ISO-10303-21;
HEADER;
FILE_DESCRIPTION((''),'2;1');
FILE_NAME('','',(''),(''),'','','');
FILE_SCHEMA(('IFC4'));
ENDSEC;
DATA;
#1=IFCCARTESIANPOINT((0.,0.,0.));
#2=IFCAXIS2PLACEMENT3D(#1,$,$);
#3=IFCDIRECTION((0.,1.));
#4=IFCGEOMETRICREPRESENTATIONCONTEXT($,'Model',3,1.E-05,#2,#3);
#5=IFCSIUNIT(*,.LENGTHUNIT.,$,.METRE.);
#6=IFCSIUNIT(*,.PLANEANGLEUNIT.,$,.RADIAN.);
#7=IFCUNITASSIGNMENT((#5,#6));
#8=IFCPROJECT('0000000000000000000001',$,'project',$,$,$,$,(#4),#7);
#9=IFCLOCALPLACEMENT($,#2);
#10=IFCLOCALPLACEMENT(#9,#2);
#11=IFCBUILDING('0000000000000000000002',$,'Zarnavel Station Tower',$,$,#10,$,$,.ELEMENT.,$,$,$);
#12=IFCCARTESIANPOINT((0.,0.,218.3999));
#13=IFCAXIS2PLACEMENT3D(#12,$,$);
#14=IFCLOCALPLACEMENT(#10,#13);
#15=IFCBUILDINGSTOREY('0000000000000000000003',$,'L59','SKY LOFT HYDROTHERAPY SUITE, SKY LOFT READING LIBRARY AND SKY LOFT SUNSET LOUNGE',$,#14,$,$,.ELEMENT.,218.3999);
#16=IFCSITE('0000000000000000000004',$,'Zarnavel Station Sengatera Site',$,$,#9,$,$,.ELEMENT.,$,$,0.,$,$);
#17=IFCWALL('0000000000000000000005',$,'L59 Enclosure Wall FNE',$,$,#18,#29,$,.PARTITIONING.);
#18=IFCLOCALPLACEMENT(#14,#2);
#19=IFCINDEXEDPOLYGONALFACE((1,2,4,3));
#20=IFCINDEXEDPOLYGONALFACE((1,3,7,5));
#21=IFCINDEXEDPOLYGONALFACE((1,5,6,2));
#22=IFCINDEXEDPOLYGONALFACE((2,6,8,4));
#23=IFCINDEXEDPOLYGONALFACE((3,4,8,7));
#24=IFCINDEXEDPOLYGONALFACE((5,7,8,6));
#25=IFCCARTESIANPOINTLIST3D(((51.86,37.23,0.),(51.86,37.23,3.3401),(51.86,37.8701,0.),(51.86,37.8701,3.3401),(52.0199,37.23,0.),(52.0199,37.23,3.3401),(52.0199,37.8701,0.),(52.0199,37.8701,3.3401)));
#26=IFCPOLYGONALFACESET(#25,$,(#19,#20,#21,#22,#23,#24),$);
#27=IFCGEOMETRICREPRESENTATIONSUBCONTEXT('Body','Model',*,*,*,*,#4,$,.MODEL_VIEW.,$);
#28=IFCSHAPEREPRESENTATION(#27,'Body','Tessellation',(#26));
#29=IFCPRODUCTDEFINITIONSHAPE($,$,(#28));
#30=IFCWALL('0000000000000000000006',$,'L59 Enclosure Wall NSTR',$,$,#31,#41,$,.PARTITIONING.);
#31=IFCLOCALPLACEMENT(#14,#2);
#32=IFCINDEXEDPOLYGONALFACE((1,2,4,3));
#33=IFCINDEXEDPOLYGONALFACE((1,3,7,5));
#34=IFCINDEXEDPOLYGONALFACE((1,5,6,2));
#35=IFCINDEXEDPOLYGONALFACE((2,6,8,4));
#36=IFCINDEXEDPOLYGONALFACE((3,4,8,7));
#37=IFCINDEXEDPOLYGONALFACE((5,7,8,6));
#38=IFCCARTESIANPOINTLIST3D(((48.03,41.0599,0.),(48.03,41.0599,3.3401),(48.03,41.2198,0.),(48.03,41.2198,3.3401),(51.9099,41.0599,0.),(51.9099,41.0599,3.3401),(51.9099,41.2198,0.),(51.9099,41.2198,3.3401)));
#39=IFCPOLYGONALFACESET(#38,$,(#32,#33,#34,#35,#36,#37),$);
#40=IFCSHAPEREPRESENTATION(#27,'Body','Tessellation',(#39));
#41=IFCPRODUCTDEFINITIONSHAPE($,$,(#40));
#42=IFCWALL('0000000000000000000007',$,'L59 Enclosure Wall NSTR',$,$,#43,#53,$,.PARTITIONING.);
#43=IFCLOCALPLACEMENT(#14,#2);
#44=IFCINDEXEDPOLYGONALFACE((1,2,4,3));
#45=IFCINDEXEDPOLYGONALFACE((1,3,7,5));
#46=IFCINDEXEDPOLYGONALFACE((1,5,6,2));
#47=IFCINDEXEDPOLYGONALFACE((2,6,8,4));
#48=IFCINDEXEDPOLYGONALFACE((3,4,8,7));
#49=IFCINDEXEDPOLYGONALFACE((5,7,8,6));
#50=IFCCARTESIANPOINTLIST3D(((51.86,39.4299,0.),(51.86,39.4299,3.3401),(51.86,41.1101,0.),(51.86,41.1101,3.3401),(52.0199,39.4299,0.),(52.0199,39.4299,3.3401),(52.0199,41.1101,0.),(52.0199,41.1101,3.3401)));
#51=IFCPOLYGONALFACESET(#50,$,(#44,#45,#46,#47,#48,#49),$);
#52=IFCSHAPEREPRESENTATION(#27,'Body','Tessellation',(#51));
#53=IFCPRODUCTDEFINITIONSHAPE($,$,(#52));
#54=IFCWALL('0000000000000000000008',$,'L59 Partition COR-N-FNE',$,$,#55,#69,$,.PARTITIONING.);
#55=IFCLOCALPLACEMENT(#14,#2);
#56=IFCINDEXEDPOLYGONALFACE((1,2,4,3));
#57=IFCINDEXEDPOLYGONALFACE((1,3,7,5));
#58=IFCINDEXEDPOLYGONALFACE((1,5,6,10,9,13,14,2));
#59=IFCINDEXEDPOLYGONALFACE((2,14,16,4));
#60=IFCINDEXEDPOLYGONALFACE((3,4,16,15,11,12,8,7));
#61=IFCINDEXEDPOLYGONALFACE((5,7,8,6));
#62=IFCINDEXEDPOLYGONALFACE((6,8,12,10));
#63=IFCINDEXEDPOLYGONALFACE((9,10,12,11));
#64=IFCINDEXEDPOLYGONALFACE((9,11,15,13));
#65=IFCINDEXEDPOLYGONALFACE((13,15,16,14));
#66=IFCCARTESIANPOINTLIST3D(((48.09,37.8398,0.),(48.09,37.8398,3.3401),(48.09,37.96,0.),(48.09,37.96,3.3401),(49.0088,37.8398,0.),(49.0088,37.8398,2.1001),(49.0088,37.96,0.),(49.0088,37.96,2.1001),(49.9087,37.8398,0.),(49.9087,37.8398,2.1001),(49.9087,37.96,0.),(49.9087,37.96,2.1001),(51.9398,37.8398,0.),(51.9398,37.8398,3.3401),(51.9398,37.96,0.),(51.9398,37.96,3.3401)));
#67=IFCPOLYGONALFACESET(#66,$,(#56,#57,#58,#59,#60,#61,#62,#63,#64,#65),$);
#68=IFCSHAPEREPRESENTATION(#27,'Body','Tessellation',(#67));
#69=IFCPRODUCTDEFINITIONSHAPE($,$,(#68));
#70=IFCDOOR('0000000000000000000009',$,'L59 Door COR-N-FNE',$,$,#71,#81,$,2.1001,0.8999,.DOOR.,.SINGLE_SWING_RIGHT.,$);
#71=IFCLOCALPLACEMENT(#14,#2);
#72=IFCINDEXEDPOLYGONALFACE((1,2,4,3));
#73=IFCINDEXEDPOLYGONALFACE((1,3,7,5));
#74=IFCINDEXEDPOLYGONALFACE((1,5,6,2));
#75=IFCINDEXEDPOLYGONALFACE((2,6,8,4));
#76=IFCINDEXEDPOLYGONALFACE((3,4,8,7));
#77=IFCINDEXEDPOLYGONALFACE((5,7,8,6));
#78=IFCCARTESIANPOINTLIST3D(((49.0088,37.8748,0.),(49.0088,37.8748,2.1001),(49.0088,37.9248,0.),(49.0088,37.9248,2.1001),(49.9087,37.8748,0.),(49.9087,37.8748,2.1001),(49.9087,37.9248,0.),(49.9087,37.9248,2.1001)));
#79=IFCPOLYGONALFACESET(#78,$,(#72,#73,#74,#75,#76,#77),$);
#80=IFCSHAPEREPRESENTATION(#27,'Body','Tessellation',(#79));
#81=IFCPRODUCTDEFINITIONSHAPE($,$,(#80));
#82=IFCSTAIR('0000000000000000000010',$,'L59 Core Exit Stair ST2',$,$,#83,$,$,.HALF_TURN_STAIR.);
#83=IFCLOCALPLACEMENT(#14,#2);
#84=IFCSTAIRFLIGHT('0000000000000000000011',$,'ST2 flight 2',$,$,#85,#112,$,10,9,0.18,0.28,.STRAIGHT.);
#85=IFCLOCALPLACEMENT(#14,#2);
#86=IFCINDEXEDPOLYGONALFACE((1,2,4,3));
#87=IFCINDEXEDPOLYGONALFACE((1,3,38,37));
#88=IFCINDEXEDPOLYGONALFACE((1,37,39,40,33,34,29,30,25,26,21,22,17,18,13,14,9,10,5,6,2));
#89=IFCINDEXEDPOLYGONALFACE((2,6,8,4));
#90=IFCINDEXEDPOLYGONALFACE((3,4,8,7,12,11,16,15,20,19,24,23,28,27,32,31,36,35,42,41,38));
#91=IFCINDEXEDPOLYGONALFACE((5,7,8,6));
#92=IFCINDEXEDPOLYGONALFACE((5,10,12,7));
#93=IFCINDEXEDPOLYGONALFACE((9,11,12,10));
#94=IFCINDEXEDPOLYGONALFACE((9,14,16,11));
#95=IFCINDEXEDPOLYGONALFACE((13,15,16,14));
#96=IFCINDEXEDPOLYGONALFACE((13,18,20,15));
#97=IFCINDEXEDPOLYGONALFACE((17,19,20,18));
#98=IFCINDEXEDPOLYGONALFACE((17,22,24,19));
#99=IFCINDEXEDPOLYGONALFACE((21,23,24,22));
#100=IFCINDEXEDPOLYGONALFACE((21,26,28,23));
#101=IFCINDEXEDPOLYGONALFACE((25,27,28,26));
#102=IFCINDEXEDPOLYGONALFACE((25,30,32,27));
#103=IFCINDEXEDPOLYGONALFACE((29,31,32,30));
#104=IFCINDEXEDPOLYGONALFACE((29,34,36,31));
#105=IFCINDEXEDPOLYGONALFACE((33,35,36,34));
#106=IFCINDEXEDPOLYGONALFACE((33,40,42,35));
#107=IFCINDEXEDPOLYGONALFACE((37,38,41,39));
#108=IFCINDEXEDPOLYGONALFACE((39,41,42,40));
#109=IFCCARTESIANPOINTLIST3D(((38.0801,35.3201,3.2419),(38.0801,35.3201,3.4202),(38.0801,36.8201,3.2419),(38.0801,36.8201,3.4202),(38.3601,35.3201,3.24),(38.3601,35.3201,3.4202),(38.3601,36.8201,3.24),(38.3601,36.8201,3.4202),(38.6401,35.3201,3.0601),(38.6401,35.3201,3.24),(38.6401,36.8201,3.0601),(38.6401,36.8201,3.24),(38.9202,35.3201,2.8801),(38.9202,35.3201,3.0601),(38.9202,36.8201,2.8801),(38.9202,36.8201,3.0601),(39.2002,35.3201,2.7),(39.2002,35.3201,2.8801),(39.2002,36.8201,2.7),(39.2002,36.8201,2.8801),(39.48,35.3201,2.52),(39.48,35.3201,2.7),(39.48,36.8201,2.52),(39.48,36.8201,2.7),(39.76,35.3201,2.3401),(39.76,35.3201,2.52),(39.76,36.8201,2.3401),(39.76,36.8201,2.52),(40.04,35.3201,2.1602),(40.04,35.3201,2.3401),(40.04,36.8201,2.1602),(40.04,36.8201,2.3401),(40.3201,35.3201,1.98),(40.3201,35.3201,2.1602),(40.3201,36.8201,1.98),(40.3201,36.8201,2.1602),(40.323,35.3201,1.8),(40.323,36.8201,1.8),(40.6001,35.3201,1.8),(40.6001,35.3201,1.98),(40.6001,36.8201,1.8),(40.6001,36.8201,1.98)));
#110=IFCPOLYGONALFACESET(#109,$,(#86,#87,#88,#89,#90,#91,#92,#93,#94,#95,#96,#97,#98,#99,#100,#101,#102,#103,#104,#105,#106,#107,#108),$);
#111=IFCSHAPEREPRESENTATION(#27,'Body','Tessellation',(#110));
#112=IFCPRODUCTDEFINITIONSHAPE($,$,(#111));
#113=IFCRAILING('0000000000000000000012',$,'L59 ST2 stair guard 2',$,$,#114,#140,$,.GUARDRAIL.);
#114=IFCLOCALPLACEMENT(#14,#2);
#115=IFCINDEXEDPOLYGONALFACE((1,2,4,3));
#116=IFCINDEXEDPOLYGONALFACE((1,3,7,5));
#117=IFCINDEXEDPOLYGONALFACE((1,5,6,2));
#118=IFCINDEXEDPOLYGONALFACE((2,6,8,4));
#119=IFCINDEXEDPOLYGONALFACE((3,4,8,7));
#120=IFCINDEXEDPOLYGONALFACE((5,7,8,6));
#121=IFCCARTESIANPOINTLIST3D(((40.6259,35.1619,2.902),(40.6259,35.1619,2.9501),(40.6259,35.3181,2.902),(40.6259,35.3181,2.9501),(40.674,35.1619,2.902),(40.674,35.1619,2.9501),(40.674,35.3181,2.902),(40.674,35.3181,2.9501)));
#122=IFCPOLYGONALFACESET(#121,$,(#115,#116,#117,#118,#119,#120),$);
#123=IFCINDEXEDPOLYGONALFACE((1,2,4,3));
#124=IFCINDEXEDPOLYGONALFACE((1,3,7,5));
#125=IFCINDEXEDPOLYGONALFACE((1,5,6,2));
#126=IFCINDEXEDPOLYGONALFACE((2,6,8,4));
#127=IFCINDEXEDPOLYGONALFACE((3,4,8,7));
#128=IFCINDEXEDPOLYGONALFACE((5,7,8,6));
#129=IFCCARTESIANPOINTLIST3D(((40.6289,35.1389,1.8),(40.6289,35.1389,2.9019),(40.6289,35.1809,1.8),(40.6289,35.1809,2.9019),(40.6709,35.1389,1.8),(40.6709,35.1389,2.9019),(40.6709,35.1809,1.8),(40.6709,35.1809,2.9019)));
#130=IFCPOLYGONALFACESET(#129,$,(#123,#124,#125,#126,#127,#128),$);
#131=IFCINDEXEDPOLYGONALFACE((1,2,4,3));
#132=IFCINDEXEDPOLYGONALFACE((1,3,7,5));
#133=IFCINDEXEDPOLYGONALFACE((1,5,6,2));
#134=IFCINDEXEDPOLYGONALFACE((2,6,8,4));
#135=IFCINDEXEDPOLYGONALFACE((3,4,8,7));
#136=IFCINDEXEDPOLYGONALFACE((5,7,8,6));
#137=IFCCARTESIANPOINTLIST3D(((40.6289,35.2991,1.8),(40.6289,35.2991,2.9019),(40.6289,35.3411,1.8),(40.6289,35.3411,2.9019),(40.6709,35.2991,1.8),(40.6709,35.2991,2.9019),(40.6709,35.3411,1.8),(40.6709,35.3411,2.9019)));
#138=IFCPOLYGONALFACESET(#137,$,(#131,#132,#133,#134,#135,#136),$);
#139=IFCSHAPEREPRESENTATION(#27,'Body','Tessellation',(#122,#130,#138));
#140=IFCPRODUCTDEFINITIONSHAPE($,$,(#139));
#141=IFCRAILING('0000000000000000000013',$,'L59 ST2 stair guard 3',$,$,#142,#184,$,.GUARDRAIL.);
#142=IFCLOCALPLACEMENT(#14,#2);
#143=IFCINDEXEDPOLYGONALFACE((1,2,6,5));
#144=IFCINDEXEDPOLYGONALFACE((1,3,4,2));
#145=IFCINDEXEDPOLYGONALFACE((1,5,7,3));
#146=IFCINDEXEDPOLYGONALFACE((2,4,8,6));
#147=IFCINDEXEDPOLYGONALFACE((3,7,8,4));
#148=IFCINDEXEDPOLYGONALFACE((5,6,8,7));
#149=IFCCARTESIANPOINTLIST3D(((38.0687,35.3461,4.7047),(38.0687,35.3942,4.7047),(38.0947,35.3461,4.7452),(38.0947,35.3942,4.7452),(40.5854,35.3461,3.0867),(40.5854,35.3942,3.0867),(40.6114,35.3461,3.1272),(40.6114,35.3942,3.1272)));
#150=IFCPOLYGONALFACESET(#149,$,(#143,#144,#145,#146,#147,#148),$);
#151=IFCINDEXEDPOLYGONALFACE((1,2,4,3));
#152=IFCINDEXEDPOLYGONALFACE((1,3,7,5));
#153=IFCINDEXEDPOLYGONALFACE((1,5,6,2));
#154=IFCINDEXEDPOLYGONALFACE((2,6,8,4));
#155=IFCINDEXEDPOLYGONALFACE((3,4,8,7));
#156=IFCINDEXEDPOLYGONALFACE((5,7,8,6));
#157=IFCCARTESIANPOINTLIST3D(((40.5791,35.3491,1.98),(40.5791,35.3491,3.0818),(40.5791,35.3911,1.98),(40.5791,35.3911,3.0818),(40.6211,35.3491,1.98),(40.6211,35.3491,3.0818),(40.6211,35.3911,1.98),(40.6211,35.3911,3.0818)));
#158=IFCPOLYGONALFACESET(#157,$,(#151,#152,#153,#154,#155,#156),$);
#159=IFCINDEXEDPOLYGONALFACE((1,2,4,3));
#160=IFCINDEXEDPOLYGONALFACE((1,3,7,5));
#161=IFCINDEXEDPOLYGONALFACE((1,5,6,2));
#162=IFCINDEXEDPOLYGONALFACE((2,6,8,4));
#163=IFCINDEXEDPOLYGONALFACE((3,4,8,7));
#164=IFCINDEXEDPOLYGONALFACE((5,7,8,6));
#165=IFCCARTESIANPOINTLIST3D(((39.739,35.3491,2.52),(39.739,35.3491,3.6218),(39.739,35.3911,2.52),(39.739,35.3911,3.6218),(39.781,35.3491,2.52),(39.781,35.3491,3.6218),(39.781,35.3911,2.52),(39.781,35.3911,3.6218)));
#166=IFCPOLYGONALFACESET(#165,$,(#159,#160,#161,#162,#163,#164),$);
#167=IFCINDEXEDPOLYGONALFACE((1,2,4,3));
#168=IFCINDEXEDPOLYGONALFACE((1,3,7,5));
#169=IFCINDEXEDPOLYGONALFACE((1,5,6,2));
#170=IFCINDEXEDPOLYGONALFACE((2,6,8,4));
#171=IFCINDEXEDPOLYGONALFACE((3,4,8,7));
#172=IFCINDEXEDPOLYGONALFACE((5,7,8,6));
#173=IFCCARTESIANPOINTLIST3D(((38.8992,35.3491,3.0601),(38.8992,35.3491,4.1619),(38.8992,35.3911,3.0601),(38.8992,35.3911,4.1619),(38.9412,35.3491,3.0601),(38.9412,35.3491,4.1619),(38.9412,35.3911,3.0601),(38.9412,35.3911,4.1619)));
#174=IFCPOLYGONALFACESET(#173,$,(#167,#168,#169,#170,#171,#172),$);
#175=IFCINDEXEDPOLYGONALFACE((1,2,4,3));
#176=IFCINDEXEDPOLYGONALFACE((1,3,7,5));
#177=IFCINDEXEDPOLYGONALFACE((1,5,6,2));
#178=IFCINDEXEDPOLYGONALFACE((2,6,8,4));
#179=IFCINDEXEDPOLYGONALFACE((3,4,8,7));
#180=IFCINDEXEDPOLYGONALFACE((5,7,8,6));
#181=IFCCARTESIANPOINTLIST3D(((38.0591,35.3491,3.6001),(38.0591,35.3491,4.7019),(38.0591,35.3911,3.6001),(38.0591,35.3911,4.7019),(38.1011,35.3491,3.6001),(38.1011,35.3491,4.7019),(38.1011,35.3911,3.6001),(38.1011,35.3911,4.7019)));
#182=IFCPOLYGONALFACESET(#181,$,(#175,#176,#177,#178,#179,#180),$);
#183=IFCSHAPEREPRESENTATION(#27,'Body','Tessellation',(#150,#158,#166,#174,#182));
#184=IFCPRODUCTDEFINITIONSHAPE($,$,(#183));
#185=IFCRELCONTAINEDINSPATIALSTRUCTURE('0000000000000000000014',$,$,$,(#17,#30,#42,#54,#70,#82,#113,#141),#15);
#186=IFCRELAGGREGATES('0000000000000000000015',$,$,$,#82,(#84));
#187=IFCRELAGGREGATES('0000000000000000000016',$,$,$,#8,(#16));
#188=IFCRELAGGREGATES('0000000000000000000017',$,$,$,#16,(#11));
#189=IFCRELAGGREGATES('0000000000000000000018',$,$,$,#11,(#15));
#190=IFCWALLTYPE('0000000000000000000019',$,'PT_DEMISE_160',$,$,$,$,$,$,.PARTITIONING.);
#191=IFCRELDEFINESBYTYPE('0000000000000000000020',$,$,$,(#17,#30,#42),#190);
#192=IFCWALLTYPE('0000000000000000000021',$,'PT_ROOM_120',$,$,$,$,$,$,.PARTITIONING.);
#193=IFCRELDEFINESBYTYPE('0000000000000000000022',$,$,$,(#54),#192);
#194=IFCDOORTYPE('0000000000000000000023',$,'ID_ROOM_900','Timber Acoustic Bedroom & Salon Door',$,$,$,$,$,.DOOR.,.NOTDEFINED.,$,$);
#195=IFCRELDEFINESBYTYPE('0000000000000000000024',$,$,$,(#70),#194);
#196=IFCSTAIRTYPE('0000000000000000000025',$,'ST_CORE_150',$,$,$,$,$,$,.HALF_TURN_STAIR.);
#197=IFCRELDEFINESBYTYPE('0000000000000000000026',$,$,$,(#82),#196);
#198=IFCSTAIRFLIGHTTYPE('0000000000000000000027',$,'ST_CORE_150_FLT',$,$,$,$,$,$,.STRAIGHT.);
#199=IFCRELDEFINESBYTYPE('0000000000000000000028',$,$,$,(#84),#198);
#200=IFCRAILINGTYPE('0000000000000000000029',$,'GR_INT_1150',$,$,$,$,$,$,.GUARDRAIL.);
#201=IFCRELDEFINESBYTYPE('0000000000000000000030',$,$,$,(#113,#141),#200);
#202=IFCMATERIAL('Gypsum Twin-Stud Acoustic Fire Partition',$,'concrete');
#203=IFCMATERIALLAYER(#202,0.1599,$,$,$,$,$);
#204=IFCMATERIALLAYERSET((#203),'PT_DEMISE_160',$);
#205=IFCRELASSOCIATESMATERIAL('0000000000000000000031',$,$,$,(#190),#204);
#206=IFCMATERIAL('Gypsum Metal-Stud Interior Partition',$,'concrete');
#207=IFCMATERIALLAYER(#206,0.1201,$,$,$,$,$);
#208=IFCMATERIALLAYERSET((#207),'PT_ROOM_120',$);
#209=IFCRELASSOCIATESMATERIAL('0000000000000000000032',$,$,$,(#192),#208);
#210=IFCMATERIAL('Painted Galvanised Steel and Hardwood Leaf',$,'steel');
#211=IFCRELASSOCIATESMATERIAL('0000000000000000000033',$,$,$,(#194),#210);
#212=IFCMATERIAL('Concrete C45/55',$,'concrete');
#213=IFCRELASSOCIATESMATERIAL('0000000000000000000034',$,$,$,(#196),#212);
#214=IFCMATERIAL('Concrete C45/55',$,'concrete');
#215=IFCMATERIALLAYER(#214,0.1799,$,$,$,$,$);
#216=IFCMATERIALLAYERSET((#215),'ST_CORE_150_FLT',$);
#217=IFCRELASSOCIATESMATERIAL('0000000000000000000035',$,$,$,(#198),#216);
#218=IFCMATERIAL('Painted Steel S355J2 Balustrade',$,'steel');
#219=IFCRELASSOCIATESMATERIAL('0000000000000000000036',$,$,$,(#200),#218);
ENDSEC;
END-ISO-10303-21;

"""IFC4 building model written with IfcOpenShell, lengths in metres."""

from ifc_helpers import new_model, si_unit, direction, frame, frame_2d, origin, origin_2d, place, context, subcontext, project, spatial, polyline, rectangle, outline, extrude, material, layer, layer_set, type_object, element, fill, aggregate, save


model = new_model("IFC4")

# Units and contexts
model_context = context("Model", 3, precision=1e-05, world=origin(), true_north=direction((0.0, 1.0)))
body_context = subcontext(model_context, "Body", "Model", "MODEL_VIEW")
ifc_project = project(units=[si_unit("LENGTHUNIT", "METRE"), si_unit("PLANEANGLEUNIT", "RADIAN")], contexts=[model_context])

# Site, building, storey
site_placement = place(None, origin())
site = spatial("IfcSite", under=ifc_project, at=site_placement, Name="Zarnavel Station Sengatera Site", CompositionType="ELEMENT", RefElevation=0.0)
building_placement = place(site_placement, origin())
building = spatial("IfcBuilding", under=site, at=building_placement, Name="Zarnavel Station Tower", CompositionType="ELEMENT")
storey_placement = place(building_placement, frame((0.0, 0.0, 218.3999)))
storey = spatial("IfcBuildingStorey", under=building, at=storey_placement, Name="L59", Description="SKY LOFT HYDROTHERAPY SUITE, SKY LOFT READING LIBRARY AND SKY LOFT SUNSET LOUNGE", CompositionType="ELEMENT", Elevation=218.3999)

# Walls
ifc_material_1 = material(Name="Gypsum Twin-Stud Acoustic Fire Partition", Category="concrete")
ifc_layer_1 = layer(ifc_material_1, 0.1599)
ifc_layer_set_1 = layer_set([ifc_layer_1], Name="PT_DEMISE_160")
wall_type_1 = type_object("IfcWallType", Name="PT_DEMISE_160", PredefinedType="PARTITIONING", material=ifc_layer_set_1)
wall_1_placement = place(storey_placement, frame((51.9399, 37.23, 0.0), z_axis=(0.0, 0.0, 1.0), x_axis=(0.0, 1.0, 0.0)))
element("IfcWall", 1, at=wall_1_placement, inside=storey, type_object=wall_type_1, Name="L59 Enclosure Wall FNE", PredefinedType="PARTITIONING", context=body_context, shape_type="SweptSolid", body=[
    extrude(rectangle(XDim=0.6401, YDim=0.1599, at=frame_2d((0.3201, 0.0))), origin(), (0.0, 0.0, 1.0), 3.3401),
])
wall_2_placement = place(storey_placement, frame((48.03, 41.1399, 0.0), z_axis=(0.0, 0.0, 1.0), x_axis=(1.0, 0.0, 0.0)))
element("IfcWall", 2, at=wall_2_placement, inside=storey, type_object=wall_type_1, Name="L59 Enclosure Wall NSTR", PredefinedType="PARTITIONING", context=body_context, shape_type="SweptSolid", body=[
    extrude(rectangle(XDim=3.8799, YDim=0.1599, at=frame_2d((1.9399, 0.0))), origin(), (0.0, 0.0, 1.0), 3.3401),
])
wall_3_placement = place(storey_placement, frame((51.9399, 39.4299, 0.0), z_axis=(0.0, 0.0, 1.0), x_axis=(0.0, 1.0, 0.0)))
element("IfcWall", 3, at=wall_3_placement, inside=storey, type_object=wall_type_1, Name="L59 Enclosure Wall NSTR", PredefinedType="PARTITIONING", context=body_context, shape_type="SweptSolid", body=[
    extrude(rectangle(XDim=1.6802, YDim=0.1599, at=frame_2d((0.8401, 0.0))), origin(), (0.0, 0.0, 1.0), 3.3401),
])

# Wall, opening, door
ifc_material_2 = material(Name="Gypsum Metal-Stud Interior Partition", Category="concrete")
ifc_layer_2 = layer(ifc_material_2, 0.1201)
ifc_layer_set_2 = layer_set([ifc_layer_2], Name="PT_ROOM_120")
wall_type_2 = type_object("IfcWallType", Name="PT_ROOM_120", PredefinedType="PARTITIONING", material=ifc_layer_set_2)
wall_4_placement = place(storey_placement, frame((48.0901, 37.8999, 0.0), z_axis=(0.0, 0.0, 1.0), x_axis=(1.0, 0.0, 0.0)))
wall_4 = element("IfcWall", 4, at=wall_4_placement, inside=storey, type_object=wall_type_2, Name="L59 Partition COR-N-FNE", PredefinedType="PARTITIONING", context=body_context, shape_type="SweptSolid", body=[
    extrude(rectangle(XDim=3.8499, YDim=0.1201, at=frame_2d((1.9248, 0.0))), origin(), (0.0, 0.0, 1.0), 3.3401),
])
opening_1_placement = place(wall_4_placement, frame((0.9187, 0.0, 0.0)))
opening_1 = element("IfcOpeningElement", 5, at=opening_1_placement, cuts=wall_4, PredefinedType="OPENING", context=body_context, shape_type="SweptSolid", body=[
    extrude(rectangle(XDim=0.8999, YDim=2.1001, at=frame_2d((0.45, 1.05))), frame((0.0, 0.0701, 0.0), z_axis=(0.0, -1.0, 0.0), x_axis=(1.0, 0.0, 0.0)), (0.0, 0.0, 1.0), 0.1401),
])
ifc_material_3 = material(Name="Painted Galvanised Steel and Hardwood Leaf", Category="steel")
door_type_1 = type_object("IfcDoorType", Name="ID_ROOM_900", Description="Timber Acoustic Bedroom & Salon Door", OperationType="NOTDEFINED", PredefinedType="DOOR", material=ifc_material_3)
door_1_placement = place(opening_1_placement, origin())
door_1 = element("IfcDoor", 6, at=door_1_placement, inside=storey, type_object=door_type_1, Name="L59 Door COR-N-FNE", OperationType="SINGLE_SWING_RIGHT", OverallHeight=2.1001, OverallWidth=0.8999, PredefinedType="DOOR", context=body_context, shape_type="SweptSolid", body=[
    extrude(rectangle(XDim=0.8999, YDim=2.1001, at=frame_2d((0.45, 1.05))), frame((0.0, 0.0249, 0.0), z_axis=(0.0, -1.0, 0.0), x_axis=(1.0, 0.0, 0.0)), (0.0, 0.0, 1.0), 0.05),
])
fill(opening_1, door_1)

# Stair, stair flight
ifc_material_4 = material(Name="Concrete C45/55", Category="concrete")
stair_type = type_object("IfcStairType", Name="ST_CORE_150", PredefinedType="HALF_TURN_STAIR", material=ifc_material_4)
stair_placement = place(storey_placement, origin())
stair = element("IfcStair", 7, at=stair_placement, inside=storey, type_object=stair_type, Name="L59 Core Exit Stair ST2", PredefinedType="HALF_TURN_STAIR")
ifc_material_5 = material(Name="Concrete C45/55", Category="concrete")
ifc_layer_3 = layer(ifc_material_5, 0.1799)
ifc_layer_set_3 = layer_set([ifc_layer_3], Name="ST_CORE_150_FLT")
stair_flight_type = type_object("IfcStairFlightType", Name="ST_CORE_150_FLT", PredefinedType="STRAIGHT", material=ifc_layer_set_3)
stair_flight_placement = place(storey_placement, frame((40.6001, 36.0701, 1.8), z_axis=(0.0, 0.0, 1.0), x_axis=(-1.0, 0.0, 0.0)))
stair_flight = element("IfcStairFlight", 8, at=stair_flight_placement, type_object=stair_flight_type, Name="ST2 flight 2", NumberOfRisers=10, NumberOfTreads=9, PredefinedType="STRAIGHT", RiserHeight=0.18, TreadLength=0.28, context=body_context, shape_type="SweptSolid", body=[
    extrude(outline(polyline([(0.0, 0.0), (0.0, 0.1799), (0.28, 0.1799), (0.28, 0.3601), (0.5601, 0.3601), (0.5601, 0.54), (0.8401, 0.54), (0.8401, 0.72), (1.1201, 0.72), (1.1201, 0.8999), (1.3999, 0.8999), (1.3999, 1.0801), (1.6799, 1.0801), (1.6799, 1.26), (1.96, 1.26), (1.96, 1.4399), (2.24, 1.4399), (2.24, 1.6201), (2.52, 1.6201), (2.52, 1.8), (2.52, 1.4419), (0.2771, 0.0), (0.0, 0.0)])), frame((0.0, 0.75, 0.0), z_axis=(0.0, -1.0, 0.0), x_axis=(1.0, 0.0, 0.0)), (0.0, 0.0, 1.0), 1.5),
])
aggregate(stair, [stair_flight])

# Railings
ifc_material_6 = material(Name="Painted Steel S355J2 Balustrade", Category="steel")
railing_type_1 = type_object("IfcRailingType", Name="GR_INT_1150", PredefinedType="GUARDRAIL", material=ifc_material_6)
railing_1_placement = place(storey_placement, frame((40.6499, 35.1599, 1.8)))
element("IfcRailing", 9, at=railing_1_placement, inside=storey, type_object=railing_type_1, Name="L59 ST2 stair guard 2", PredefinedType="GUARDRAIL", context=body_context, shape_type="SweptSolid", body=[
    extrude(rectangle(XDim=0.0481, YDim=0.0481, at=origin_2d()), frame((0.0, 0.002, 1.126), z_axis=(0.0, 1.0, 0.0), x_axis=(-1.0, 0.0, 0.0)), (0.0, 0.0, 1.0), 0.1562),
    extrude(rectangle(XDim=0.042, YDim=0.042, at=origin_2d()), origin(), (0.0, 0.0, 1.0), 1.1018),
    extrude(rectangle(XDim=0.042, YDim=0.042, at=origin_2d()), frame((0.0, 0.1602, 0.0)), (0.0, 0.0, 1.0), 1.1018),
])
railing_2_placement = place(storey_placement, frame((40.6001, 35.3701, 1.98)))
element("IfcRailing", 10, at=railing_2_placement, inside=storey, type_object=railing_type_1, Name="L59 ST2 stair guard 3", PredefinedType="GUARDRAIL", context=body_context, shape_type="SweptSolid", body=[
    extrude(rectangle(XDim=0.0481, YDim=0.0481, at=origin_2d()), frame((-0.0017, 0.0, 1.127), z_axis=(-0.841163, 0.0, 0.540782), x_axis=(0.0, -1.0, 0.0)), (0.0, 0.0, 1.0), 2.9919),
    extrude(rectangle(XDim=0.042, YDim=0.042, at=origin_2d()), origin(), (0.0, 0.0, 1.0), 1.1018),
    extrude(rectangle(XDim=0.042, YDim=0.042, at=origin_2d()), frame((-0.8401, 0.0, 0.54)), (0.0, 0.0, 1.0), 1.1018),
    extrude(rectangle(XDim=0.042, YDim=0.042, at=origin_2d()), frame((-1.6799, 0.0, 1.0801)), (0.0, 0.0, 1.0), 1.1018),
    extrude(rectangle(XDim=0.042, YDim=0.042, at=origin_2d()), frame((-2.52, 0.0, 1.6201)), (0.0, 0.0, 1.0), 1.1018),
])

save(model, "model.ifc")
